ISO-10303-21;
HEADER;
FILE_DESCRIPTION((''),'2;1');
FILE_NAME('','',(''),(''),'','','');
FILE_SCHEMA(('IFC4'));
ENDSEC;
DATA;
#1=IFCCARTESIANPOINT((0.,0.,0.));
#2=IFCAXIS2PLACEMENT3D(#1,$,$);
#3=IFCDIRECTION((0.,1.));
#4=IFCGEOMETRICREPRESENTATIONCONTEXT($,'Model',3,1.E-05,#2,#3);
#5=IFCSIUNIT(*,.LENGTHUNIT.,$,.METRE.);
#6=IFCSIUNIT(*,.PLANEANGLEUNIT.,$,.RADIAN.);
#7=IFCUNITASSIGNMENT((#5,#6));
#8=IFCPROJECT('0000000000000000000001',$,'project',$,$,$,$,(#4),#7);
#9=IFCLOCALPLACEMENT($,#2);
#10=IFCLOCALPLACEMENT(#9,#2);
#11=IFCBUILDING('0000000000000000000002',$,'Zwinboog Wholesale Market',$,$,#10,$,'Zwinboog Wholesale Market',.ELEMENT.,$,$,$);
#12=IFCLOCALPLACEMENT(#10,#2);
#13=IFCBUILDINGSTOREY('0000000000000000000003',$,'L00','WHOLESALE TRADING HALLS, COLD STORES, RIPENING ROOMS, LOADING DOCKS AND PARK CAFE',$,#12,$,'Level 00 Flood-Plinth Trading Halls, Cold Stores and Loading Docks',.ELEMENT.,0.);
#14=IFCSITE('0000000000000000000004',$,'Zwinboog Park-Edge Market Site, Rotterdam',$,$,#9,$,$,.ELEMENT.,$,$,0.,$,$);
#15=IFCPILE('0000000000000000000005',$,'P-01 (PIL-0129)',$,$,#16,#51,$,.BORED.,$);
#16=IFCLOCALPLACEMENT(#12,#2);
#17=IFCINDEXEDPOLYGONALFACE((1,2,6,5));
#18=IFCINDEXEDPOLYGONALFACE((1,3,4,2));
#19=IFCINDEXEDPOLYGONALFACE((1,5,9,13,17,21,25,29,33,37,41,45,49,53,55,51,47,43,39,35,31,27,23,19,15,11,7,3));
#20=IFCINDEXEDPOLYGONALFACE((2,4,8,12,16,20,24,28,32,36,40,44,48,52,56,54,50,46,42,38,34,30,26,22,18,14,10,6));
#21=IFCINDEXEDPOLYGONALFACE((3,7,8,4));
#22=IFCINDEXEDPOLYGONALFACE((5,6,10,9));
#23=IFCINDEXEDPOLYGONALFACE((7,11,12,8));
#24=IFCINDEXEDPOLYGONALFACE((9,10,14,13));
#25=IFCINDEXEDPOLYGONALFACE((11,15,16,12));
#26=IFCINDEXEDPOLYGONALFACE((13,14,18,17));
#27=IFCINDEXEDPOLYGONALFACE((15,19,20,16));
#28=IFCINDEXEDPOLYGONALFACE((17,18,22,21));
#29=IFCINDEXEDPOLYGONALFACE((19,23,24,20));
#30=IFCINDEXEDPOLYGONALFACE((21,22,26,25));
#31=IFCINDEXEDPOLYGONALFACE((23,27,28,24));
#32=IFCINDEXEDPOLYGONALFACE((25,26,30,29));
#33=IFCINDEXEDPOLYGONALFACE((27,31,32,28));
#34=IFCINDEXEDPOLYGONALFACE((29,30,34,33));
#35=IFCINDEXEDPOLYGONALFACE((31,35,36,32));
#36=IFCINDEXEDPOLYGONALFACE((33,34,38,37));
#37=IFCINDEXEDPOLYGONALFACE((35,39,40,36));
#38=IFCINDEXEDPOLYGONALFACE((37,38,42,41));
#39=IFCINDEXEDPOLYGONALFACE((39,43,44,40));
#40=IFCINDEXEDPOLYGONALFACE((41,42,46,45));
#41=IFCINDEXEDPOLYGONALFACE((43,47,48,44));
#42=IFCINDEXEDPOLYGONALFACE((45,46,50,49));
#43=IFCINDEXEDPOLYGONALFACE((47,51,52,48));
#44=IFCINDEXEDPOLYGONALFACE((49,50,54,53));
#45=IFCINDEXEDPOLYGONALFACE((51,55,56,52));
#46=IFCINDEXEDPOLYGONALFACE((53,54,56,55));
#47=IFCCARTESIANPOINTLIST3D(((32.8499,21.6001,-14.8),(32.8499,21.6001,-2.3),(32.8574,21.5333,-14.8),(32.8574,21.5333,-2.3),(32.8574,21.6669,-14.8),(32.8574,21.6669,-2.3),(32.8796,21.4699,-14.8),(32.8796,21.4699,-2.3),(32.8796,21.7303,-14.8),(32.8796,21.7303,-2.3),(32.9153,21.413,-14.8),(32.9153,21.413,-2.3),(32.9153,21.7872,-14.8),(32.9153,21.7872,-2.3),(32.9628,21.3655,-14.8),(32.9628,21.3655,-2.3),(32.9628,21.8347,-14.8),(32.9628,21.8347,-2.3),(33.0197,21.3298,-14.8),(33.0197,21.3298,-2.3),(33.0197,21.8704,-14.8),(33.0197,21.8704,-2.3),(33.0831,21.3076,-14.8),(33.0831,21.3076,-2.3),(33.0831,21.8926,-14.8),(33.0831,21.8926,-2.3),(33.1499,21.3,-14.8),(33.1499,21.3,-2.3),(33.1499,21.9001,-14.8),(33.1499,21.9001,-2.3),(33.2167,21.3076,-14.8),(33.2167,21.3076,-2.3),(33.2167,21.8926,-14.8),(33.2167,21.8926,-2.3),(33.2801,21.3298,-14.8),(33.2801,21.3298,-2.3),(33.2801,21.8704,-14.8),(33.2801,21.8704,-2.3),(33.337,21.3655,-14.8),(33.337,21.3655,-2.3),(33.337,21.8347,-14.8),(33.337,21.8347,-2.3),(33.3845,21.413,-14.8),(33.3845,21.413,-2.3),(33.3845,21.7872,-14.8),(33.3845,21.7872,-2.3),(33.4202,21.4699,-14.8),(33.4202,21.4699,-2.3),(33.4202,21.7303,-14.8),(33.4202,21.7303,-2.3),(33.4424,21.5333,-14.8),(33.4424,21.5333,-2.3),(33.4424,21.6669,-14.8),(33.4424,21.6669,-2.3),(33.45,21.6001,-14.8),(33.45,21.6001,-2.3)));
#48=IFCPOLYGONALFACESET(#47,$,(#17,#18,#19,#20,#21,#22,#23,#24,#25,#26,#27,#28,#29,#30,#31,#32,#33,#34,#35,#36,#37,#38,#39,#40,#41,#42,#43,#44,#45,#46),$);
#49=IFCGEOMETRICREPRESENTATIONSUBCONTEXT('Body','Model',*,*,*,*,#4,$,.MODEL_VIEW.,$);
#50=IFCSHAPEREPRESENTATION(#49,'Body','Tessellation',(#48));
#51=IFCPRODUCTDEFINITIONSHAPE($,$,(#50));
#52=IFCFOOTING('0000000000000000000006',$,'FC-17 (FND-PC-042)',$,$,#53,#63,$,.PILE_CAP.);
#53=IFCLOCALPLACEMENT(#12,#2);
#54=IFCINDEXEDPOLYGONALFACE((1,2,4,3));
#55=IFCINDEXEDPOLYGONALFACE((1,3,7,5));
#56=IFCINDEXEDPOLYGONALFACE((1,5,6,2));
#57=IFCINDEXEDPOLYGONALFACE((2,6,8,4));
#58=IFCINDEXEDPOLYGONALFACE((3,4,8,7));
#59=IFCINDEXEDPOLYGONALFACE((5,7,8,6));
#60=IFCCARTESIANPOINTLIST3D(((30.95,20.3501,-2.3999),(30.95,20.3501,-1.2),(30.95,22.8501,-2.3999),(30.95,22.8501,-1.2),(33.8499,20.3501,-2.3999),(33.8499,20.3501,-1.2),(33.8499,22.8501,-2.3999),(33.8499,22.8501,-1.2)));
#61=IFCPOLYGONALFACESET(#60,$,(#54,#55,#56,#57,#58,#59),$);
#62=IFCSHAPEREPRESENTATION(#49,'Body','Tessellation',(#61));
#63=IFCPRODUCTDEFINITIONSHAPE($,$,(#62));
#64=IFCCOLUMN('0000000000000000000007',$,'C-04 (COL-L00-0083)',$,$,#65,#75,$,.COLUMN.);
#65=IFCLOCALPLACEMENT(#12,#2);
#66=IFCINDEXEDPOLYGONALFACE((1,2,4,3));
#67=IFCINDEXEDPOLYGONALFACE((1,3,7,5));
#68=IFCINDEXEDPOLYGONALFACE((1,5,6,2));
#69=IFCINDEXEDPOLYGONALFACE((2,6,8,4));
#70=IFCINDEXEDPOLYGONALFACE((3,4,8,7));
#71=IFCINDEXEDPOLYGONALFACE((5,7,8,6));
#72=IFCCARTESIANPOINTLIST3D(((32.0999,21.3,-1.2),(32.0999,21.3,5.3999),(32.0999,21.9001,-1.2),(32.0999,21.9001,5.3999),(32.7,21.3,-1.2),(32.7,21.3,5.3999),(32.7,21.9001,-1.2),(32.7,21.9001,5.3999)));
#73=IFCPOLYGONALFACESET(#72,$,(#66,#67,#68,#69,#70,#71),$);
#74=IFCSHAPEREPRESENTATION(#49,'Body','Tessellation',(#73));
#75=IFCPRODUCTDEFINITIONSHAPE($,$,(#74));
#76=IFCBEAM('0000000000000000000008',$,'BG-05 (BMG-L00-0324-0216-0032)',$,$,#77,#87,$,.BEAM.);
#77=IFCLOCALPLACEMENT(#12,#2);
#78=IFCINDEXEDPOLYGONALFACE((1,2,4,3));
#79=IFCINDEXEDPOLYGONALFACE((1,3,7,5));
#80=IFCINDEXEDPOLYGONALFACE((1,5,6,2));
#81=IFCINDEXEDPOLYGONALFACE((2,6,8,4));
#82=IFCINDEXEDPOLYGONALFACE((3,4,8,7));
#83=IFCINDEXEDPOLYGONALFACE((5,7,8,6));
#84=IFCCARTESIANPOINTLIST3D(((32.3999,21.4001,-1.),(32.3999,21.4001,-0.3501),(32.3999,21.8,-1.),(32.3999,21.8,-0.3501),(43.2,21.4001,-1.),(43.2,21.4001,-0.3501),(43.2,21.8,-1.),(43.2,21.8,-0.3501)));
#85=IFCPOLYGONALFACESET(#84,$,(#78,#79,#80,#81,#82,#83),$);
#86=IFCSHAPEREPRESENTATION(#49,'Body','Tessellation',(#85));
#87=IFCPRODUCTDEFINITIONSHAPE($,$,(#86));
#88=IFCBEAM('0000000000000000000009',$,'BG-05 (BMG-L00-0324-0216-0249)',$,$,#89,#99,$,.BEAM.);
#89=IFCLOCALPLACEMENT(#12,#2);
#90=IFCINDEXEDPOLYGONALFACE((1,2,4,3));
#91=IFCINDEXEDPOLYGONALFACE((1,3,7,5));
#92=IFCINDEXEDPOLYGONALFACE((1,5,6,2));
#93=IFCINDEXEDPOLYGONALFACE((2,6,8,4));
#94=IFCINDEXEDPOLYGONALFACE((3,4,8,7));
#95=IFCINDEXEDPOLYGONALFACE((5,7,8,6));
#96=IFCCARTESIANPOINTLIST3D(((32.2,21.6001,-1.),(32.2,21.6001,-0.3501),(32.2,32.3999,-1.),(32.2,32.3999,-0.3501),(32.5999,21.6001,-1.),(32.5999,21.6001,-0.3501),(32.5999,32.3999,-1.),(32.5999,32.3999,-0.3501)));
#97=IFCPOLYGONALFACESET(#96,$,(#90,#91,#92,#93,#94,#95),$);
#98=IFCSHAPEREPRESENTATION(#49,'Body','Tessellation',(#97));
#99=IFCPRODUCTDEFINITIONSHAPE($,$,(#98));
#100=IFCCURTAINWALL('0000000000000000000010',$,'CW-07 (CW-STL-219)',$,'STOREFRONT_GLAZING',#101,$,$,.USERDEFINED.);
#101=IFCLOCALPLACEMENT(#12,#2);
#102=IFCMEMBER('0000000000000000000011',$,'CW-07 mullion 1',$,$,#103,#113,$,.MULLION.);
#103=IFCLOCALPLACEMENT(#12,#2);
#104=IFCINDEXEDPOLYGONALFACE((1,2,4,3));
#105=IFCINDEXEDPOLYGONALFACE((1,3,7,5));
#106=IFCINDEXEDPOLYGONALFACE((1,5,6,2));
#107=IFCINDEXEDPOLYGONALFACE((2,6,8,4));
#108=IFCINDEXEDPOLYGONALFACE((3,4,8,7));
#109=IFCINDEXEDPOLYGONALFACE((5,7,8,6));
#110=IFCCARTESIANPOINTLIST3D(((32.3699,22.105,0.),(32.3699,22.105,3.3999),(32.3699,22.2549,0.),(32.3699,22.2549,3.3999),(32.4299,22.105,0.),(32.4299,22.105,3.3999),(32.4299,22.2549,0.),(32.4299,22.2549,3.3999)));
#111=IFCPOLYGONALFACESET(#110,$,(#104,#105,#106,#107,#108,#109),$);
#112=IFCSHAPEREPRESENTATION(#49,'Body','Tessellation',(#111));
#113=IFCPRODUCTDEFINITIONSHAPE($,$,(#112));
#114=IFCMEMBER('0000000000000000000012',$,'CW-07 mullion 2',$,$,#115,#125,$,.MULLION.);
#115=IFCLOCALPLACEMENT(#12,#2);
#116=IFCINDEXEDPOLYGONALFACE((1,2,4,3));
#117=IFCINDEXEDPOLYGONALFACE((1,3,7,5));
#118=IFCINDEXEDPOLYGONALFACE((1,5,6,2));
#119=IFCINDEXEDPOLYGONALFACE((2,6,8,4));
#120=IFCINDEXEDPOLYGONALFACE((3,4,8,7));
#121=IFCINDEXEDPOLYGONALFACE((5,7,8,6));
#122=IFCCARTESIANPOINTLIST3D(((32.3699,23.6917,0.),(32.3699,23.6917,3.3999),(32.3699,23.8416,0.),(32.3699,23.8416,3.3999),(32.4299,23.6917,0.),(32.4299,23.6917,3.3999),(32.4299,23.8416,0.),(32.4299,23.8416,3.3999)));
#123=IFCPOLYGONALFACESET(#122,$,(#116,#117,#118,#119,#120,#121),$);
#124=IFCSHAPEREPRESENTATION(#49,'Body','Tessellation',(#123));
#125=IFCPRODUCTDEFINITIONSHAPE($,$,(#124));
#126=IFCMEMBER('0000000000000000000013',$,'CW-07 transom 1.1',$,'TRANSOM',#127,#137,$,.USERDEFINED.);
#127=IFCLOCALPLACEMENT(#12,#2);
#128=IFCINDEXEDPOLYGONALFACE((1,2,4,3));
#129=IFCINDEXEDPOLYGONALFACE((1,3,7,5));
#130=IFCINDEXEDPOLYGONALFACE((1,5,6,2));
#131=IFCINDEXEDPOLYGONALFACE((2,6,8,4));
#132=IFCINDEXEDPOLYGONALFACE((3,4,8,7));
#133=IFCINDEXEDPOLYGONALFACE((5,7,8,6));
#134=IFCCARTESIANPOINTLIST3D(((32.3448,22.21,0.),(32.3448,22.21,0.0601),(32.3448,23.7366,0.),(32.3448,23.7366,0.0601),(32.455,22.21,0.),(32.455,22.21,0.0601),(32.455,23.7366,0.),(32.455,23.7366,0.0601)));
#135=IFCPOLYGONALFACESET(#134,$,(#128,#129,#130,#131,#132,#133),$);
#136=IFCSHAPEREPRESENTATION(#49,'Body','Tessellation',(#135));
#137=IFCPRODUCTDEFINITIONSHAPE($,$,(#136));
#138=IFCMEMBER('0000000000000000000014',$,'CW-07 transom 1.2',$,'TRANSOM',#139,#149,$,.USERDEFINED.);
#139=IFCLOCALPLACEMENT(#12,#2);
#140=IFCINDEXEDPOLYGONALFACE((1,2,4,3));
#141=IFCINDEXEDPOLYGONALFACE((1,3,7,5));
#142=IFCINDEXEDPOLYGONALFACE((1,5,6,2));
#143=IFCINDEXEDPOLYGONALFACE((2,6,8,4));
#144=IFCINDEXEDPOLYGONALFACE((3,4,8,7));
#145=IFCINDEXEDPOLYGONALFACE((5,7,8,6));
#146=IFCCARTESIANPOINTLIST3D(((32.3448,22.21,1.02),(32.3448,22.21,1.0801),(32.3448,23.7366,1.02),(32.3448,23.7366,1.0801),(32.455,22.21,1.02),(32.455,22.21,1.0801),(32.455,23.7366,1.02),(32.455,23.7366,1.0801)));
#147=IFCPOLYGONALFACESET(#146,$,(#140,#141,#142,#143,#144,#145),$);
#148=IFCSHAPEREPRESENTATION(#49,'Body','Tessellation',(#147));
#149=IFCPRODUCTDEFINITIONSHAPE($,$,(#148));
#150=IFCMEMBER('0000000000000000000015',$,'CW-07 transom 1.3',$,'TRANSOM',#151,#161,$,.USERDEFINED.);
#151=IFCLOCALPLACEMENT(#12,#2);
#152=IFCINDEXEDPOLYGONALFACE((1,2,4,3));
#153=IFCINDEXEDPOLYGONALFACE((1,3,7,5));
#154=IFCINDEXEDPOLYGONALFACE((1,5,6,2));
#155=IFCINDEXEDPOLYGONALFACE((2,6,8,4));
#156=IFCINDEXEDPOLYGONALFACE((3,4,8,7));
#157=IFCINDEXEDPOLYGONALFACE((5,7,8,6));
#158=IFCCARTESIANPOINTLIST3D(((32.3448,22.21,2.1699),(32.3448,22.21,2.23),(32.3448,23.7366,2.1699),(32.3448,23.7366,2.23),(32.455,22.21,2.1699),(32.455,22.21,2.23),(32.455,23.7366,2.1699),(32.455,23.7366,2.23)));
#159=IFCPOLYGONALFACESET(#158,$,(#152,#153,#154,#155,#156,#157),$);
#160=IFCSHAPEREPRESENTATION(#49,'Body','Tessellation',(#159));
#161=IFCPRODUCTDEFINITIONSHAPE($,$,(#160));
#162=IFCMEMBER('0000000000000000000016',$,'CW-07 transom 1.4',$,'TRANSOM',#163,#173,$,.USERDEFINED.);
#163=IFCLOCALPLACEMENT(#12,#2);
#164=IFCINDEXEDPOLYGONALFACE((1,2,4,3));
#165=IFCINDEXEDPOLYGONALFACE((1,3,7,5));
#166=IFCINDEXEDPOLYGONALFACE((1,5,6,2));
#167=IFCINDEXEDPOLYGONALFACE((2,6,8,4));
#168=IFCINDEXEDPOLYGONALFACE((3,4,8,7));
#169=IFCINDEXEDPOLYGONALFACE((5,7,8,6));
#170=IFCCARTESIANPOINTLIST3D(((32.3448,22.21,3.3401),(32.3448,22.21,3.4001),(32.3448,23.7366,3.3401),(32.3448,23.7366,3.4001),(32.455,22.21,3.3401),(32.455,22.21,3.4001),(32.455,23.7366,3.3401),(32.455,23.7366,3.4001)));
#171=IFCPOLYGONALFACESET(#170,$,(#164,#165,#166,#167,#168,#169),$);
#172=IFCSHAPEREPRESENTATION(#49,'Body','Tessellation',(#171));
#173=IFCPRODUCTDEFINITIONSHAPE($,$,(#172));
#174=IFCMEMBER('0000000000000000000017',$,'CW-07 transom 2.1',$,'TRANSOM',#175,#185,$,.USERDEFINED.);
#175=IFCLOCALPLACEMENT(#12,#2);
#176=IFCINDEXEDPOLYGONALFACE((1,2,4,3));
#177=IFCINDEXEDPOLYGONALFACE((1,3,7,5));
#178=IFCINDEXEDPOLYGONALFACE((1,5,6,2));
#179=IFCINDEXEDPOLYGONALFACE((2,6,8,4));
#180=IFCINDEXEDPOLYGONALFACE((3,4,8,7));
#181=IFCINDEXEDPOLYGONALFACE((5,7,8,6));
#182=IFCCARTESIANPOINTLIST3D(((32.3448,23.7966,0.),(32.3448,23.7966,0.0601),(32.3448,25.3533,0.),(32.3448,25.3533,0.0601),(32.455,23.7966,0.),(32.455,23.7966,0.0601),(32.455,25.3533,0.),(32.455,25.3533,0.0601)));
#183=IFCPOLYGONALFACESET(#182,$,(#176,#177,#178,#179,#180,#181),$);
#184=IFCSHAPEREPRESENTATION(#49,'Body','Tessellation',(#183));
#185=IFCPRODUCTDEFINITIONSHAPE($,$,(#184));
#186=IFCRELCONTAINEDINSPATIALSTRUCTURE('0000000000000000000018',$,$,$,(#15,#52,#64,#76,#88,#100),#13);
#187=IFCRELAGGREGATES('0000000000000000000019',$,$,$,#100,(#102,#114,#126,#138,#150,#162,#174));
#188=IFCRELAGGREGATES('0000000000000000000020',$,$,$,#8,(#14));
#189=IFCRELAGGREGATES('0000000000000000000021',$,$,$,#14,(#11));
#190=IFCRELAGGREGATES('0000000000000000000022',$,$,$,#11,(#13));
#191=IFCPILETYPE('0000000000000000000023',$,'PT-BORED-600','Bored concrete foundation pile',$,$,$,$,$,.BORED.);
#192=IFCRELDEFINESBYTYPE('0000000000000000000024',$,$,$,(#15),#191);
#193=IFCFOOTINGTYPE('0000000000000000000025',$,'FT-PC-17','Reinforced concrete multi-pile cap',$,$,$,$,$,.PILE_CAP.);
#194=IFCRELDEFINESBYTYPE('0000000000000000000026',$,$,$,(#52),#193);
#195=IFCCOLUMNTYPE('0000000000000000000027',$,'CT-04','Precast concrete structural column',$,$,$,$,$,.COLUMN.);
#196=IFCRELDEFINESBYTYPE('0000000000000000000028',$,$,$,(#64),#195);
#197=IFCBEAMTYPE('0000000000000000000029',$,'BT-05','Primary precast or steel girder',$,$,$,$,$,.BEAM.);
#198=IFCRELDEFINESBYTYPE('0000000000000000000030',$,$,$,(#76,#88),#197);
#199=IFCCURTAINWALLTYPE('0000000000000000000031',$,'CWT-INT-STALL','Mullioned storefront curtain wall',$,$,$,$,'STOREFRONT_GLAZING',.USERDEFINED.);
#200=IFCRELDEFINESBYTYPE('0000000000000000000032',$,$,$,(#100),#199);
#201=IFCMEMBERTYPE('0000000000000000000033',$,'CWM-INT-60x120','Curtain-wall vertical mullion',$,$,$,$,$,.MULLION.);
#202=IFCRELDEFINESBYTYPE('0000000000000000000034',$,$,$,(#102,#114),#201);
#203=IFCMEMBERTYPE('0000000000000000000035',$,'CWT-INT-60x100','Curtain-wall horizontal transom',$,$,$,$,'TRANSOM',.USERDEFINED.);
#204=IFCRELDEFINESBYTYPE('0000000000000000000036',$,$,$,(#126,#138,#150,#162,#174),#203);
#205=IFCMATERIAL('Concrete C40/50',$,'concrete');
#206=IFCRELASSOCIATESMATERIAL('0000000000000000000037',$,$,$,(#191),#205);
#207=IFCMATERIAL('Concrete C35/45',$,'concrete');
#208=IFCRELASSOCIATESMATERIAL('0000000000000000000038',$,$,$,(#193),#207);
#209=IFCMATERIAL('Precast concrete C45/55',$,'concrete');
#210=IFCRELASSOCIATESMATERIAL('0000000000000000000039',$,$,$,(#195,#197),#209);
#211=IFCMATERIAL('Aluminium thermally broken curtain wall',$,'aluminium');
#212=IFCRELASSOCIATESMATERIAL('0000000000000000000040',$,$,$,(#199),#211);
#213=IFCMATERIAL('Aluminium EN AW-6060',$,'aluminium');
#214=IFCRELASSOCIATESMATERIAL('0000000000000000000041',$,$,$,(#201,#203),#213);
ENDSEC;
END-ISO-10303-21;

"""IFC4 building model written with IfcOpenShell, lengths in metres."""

from ifc_helpers import new_model, si_unit, direction, frame, origin, origin_2d, place, context, subcontext, project, spatial, rectangle, circle, extrude, material, material_profile, profile_set, type_object, element, aggregate, save


model = new_model("IFC4")

# Units and contexts
model_context = context("Model", 3, precision=1e-05, world=origin(), true_north=direction((0.0, 1.0)))
body_context = subcontext(model_context, "Body", "Model", "MODEL_VIEW")
ifc_project = project(units=[si_unit("LENGTHUNIT", "METRE"), si_unit("PLANEANGLEUNIT", "RADIAN")], contexts=[model_context])

# Site, building, storey
site_placement = place(None, origin())
site = spatial("IfcSite", under=ifc_project, at=site_placement, Name="Zwinboog Park-Edge Market Site, Rotterdam", CompositionType="ELEMENT", RefElevation=0.0)
building_placement = place(site_placement, origin())
building = spatial("IfcBuilding", under=site, at=building_placement, Name="Zwinboog Wholesale Market", LongName="Zwinboog Wholesale Market", CompositionType="ELEMENT")
storey_placement = place(building_placement, origin())
storey = spatial("IfcBuildingStorey", under=building, at=storey_placement, Name="L00", Description="WHOLESALE TRADING HALLS, COLD STORES, RIPENING ROOMS, LOADING DOCKS AND PARK CAFE", LongName="Level 00 Flood-Plinth Trading Halls, Cold Stores and Loading Docks", CompositionType="ELEMENT", Elevation=0.0)

# Pile
ifc_material_1 = material(Name="Concrete C40/50", Category="concrete")
ifc_material_profile_1 = material_profile(ifc_material_1, circle(Radius=0.3, at=origin_2d()), Name="PILE D600")
ifc_profile_set_1 = profile_set([ifc_material_profile_1], Name="Concrete C40/50")
pile_type = type_object("IfcPileType", Name="PT-BORED-600", Description="Bored concrete foundation pile", PredefinedType="BORED", material=ifc_profile_set_1)
pile_placement = place(storey_placement, frame((33.1499, 21.6001, -2.3), z_axis=(0.0, 0.0, -1.0), x_axis=(1.0, 0.0, 0.0)))
element("IfcPile", 1, at=pile_placement, inside=storey, type_object=pile_type, Name="P-01 (PIL-0129)", PredefinedType="BORED", context=body_context, shape_type="SweptSolid", body=[
    extrude(circle(Radius=0.3, at=origin_2d()), origin(), (0.0, 0.0, 1.0), 12.5),
])

# Footing
ifc_material_2 = material(Name="Concrete C35/45", Category="concrete")
footing_type = type_object("IfcFootingType", Name="FT-PC-17", Description="Reinforced concrete multi-pile cap", PredefinedType="PILE_CAP", material=ifc_material_2)
footing_placement = place(storey_placement, frame((32.3999, 21.6001, -2.3999), z_axis=(0.0, 0.0, 1.0), x_axis=(1.0, 0.0, 0.0)))
element("IfcFooting", 2, at=footing_placement, inside=storey, type_object=footing_type, Name="FC-17 (FND-PC-042)", PredefinedType="PILE_CAP", context=body_context, shape_type="SweptSolid", body=[
    extrude(rectangle(XDim=2.8999, YDim=2.5, at=origin_2d()), origin(), (0.0, 0.0, 1.0), 1.2),
])

# Column
ifc_material_3 = material(Name="Precast concrete C45/55", Category="concrete")
ifc_material_profile_2 = material_profile(ifc_material_3, rectangle(XDim=0.6001, YDim=0.6001, at=origin_2d()), Name="PC 600x600")
ifc_profile_set_2 = profile_set([ifc_material_profile_2], Name="Precast concrete C45/55")
column_type = type_object("IfcColumnType", Name="CT-04", Description="Precast concrete structural column", PredefinedType="COLUMN", material=ifc_profile_set_2)
column_placement = place(storey_placement, frame((32.3999, 21.6001, -1.2), z_axis=(0.0, 0.0, 1.0), x_axis=(1.0, 0.0, 0.0)))
element("IfcColumn", 3, at=column_placement, inside=storey, type_object=column_type, Name="C-04 (COL-L00-0083)", PredefinedType="COLUMN", context=body_context, shape_type="SweptSolid", body=[
    extrude(rectangle(XDim=0.6001, YDim=0.6001, at=origin_2d()), origin(), (0.0, 0.0, 1.0), 6.5999),
])

# Beams
ifc_material_profile_3 = material_profile(ifc_material_3, rectangle(XDim=0.3999, YDim=0.6499, at=origin_2d()), Name="PC 400x650")
ifc_profile_set_3 = profile_set([ifc_material_profile_3], Name="Precast concrete C45/55")
beam_type = type_object("IfcBeamType", Name="BT-05", Description="Primary precast or steel girder", PredefinedType="BEAM", material=ifc_profile_set_3)
beam_1_placement = place(storey_placement, frame((32.3999, 21.6001, -0.675), z_axis=(1.0, 0.0, 0.0), x_axis=(0.0, 1.0, 0.0)))
element("IfcBeam", 4, at=beam_1_placement, inside=storey, type_object=beam_type, Name="BG-05 (BMG-L00-0324-0216-0032)", PredefinedType="BEAM", context=body_context, shape_type="SweptSolid", body=[
    extrude(rectangle(XDim=0.3999, YDim=0.6499, at=origin_2d()), origin(), (0.0, 0.0, 1.0), 10.8),
])
beam_2_placement = place(storey_placement, frame((32.3999, 21.6001, -0.675), z_axis=(0.0, 1.0, 0.0), x_axis=(-1.0, 0.0, 0.0)))
element("IfcBeam", 5, at=beam_2_placement, inside=storey, type_object=beam_type, Name="BG-05 (BMG-L00-0324-0216-0249)", PredefinedType="BEAM", context=body_context, shape_type="SweptSolid", body=[
    extrude(rectangle(XDim=0.3999, YDim=0.6499, at=origin_2d()), origin(), (0.0, 0.0, 1.0), 10.7998),
])

# Curtain wall, members
ifc_material_4 = material(Name="Aluminium thermally broken curtain wall", Category="aluminium")
curtain_wall_type = type_object("IfcCurtainWallType", Name="CWT-INT-STALL", Description="Mullioned storefront curtain wall", ElementType="STOREFRONT_GLAZING", PredefinedType="USERDEFINED", material=ifc_material_4)
curtain_wall_placement = place(storey_placement, origin())
curtain_wall = element("IfcCurtainWall", 6, at=curtain_wall_placement, inside=storey, type_object=curtain_wall_type, Name="CW-07 (CW-STL-219)", ObjectType="STOREFRONT_GLAZING", PredefinedType="USERDEFINED")
ifc_material_5 = material(Name="Aluminium EN AW-6060", Category="aluminium")
ifc_material_profile_4 = material_profile(ifc_material_5, rectangle(XDim=0.0601, YDim=0.1499, at=origin_2d()), Name="AL 60x150")
ifc_profile_set_4 = profile_set([ifc_material_profile_4], Name="Aluminium EN AW-6060")
member_type_1 = type_object("IfcMemberType", Name="CWM-INT-60x120", Description="Curtain-wall vertical mullion", PredefinedType="MULLION", material=ifc_profile_set_4)
member_1_placement = place(storey_placement, frame((32.3999, 22.1799, 0.0), z_axis=(0.0, 0.0, 1.0), x_axis=(-1.0, 0.0, 0.0)))
member_1 = element("IfcMember", 7, at=member_1_placement, type_object=member_type_1, Name="CW-07 mullion 1", PredefinedType="MULLION", context=body_context, shape_type="SweptSolid", body=[
    extrude(rectangle(XDim=0.0601, YDim=0.1499, at=origin_2d()), origin(), (0.0, 0.0, 1.0), 3.3999),
])
member_2_placement = place(storey_placement, frame((32.3999, 23.7666, 0.0), z_axis=(0.0, 0.0, 1.0), x_axis=(-1.0, 0.0, 0.0)))
member_2 = element("IfcMember", 8, at=member_2_placement, type_object=member_type_1, Name="CW-07 mullion 2", PredefinedType="MULLION", context=body_context, shape_type="SweptSolid", body=[
    extrude(rectangle(XDim=0.0601, YDim=0.1499, at=origin_2d()), origin(), (0.0, 0.0, 1.0), 3.3999),
])
ifc_material_profile_5 = material_profile(ifc_material_5, rectangle(XDim=0.1101, YDim=0.0601, at=origin_2d()), Name="AL 60x110")
ifc_profile_set_5 = profile_set([ifc_material_profile_5], Name="Aluminium EN AW-6060")
member_type_2 = type_object("IfcMemberType", Name="CWT-INT-60x100", Description="Curtain-wall horizontal transom", ElementType="TRANSOM", PredefinedType="USERDEFINED", material=ifc_profile_set_5)
member_3_placement = place(storey_placement, frame((32.3999, 22.21, 0.03), z_axis=(0.0, 1.0, 0.0), x_axis=(-1.0, 0.0, 0.0)))
member_3 = element("IfcMember", 9, at=member_3_placement, type_object=member_type_2, Name="CW-07 transom 1.1", ObjectType="TRANSOM", PredefinedType="USERDEFINED", context=body_context, shape_type="SweptSolid", body=[
    extrude(rectangle(XDim=0.1101, YDim=0.0601, at=origin_2d()), origin(), (0.0, 0.0, 1.0), 1.5266),
])
member_4_placement = place(storey_placement, frame((32.3999, 22.21, 1.05), z_axis=(0.0, 1.0, 0.0), x_axis=(-1.0, 0.0, 0.0)))
member_4 = element("IfcMember", 10, at=member_4_placement, type_object=member_type_2, Name="CW-07 transom 1.2", ObjectType="TRANSOM", PredefinedType="USERDEFINED", context=body_context, shape_type="SweptSolid", body=[
    extrude(rectangle(XDim=0.1101, YDim=0.0601, at=origin_2d()), origin(), (0.0, 0.0, 1.0), 1.5266),
])
member_5_placement = place(storey_placement, frame((32.3999, 22.21, 2.2), z_axis=(0.0, 1.0, 0.0), x_axis=(-1.0, 0.0, 0.0)))
member_5 = element("IfcMember", 11, at=member_5_placement, type_object=member_type_2, Name="CW-07 transom 1.3", ObjectType="TRANSOM", PredefinedType="USERDEFINED", context=body_context, shape_type="SweptSolid", body=[
    extrude(rectangle(XDim=0.1101, YDim=0.0601, at=origin_2d()), origin(), (0.0, 0.0, 1.0), 1.5266),
])
member_6_placement = place(storey_placement, frame((32.3999, 22.21, 3.3701), z_axis=(0.0, 1.0, 0.0), x_axis=(-1.0, 0.0, 0.0)))
member_6 = element("IfcMember", 12, at=member_6_placement, type_object=member_type_2, Name="CW-07 transom 1.4", ObjectType="TRANSOM", PredefinedType="USERDEFINED", context=body_context, shape_type="SweptSolid", body=[
    extrude(rectangle(XDim=0.1101, YDim=0.0601, at=origin_2d()), origin(), (0.0, 0.0, 1.0), 1.5266),
])
member_7_placement = place(storey_placement, frame((32.3999, 23.7966, 0.03), z_axis=(0.0, 1.0, 0.0), x_axis=(-1.0, 0.0, 0.0)))
member_7 = element("IfcMember", 13, at=member_7_placement, type_object=member_type_2, Name="CW-07 transom 2.1", ObjectType="TRANSOM", PredefinedType="USERDEFINED", context=body_context, shape_type="SweptSolid", body=[
    extrude(rectangle(XDim=0.1101, YDim=0.0601, at=origin_2d()), origin(), (0.0, 0.0, 1.0), 1.5566),
])
aggregate(curtain_wall, [member_1, member_2, member_3, member_4, member_5, member_6, member_7])

save(model, "model.ifc")
